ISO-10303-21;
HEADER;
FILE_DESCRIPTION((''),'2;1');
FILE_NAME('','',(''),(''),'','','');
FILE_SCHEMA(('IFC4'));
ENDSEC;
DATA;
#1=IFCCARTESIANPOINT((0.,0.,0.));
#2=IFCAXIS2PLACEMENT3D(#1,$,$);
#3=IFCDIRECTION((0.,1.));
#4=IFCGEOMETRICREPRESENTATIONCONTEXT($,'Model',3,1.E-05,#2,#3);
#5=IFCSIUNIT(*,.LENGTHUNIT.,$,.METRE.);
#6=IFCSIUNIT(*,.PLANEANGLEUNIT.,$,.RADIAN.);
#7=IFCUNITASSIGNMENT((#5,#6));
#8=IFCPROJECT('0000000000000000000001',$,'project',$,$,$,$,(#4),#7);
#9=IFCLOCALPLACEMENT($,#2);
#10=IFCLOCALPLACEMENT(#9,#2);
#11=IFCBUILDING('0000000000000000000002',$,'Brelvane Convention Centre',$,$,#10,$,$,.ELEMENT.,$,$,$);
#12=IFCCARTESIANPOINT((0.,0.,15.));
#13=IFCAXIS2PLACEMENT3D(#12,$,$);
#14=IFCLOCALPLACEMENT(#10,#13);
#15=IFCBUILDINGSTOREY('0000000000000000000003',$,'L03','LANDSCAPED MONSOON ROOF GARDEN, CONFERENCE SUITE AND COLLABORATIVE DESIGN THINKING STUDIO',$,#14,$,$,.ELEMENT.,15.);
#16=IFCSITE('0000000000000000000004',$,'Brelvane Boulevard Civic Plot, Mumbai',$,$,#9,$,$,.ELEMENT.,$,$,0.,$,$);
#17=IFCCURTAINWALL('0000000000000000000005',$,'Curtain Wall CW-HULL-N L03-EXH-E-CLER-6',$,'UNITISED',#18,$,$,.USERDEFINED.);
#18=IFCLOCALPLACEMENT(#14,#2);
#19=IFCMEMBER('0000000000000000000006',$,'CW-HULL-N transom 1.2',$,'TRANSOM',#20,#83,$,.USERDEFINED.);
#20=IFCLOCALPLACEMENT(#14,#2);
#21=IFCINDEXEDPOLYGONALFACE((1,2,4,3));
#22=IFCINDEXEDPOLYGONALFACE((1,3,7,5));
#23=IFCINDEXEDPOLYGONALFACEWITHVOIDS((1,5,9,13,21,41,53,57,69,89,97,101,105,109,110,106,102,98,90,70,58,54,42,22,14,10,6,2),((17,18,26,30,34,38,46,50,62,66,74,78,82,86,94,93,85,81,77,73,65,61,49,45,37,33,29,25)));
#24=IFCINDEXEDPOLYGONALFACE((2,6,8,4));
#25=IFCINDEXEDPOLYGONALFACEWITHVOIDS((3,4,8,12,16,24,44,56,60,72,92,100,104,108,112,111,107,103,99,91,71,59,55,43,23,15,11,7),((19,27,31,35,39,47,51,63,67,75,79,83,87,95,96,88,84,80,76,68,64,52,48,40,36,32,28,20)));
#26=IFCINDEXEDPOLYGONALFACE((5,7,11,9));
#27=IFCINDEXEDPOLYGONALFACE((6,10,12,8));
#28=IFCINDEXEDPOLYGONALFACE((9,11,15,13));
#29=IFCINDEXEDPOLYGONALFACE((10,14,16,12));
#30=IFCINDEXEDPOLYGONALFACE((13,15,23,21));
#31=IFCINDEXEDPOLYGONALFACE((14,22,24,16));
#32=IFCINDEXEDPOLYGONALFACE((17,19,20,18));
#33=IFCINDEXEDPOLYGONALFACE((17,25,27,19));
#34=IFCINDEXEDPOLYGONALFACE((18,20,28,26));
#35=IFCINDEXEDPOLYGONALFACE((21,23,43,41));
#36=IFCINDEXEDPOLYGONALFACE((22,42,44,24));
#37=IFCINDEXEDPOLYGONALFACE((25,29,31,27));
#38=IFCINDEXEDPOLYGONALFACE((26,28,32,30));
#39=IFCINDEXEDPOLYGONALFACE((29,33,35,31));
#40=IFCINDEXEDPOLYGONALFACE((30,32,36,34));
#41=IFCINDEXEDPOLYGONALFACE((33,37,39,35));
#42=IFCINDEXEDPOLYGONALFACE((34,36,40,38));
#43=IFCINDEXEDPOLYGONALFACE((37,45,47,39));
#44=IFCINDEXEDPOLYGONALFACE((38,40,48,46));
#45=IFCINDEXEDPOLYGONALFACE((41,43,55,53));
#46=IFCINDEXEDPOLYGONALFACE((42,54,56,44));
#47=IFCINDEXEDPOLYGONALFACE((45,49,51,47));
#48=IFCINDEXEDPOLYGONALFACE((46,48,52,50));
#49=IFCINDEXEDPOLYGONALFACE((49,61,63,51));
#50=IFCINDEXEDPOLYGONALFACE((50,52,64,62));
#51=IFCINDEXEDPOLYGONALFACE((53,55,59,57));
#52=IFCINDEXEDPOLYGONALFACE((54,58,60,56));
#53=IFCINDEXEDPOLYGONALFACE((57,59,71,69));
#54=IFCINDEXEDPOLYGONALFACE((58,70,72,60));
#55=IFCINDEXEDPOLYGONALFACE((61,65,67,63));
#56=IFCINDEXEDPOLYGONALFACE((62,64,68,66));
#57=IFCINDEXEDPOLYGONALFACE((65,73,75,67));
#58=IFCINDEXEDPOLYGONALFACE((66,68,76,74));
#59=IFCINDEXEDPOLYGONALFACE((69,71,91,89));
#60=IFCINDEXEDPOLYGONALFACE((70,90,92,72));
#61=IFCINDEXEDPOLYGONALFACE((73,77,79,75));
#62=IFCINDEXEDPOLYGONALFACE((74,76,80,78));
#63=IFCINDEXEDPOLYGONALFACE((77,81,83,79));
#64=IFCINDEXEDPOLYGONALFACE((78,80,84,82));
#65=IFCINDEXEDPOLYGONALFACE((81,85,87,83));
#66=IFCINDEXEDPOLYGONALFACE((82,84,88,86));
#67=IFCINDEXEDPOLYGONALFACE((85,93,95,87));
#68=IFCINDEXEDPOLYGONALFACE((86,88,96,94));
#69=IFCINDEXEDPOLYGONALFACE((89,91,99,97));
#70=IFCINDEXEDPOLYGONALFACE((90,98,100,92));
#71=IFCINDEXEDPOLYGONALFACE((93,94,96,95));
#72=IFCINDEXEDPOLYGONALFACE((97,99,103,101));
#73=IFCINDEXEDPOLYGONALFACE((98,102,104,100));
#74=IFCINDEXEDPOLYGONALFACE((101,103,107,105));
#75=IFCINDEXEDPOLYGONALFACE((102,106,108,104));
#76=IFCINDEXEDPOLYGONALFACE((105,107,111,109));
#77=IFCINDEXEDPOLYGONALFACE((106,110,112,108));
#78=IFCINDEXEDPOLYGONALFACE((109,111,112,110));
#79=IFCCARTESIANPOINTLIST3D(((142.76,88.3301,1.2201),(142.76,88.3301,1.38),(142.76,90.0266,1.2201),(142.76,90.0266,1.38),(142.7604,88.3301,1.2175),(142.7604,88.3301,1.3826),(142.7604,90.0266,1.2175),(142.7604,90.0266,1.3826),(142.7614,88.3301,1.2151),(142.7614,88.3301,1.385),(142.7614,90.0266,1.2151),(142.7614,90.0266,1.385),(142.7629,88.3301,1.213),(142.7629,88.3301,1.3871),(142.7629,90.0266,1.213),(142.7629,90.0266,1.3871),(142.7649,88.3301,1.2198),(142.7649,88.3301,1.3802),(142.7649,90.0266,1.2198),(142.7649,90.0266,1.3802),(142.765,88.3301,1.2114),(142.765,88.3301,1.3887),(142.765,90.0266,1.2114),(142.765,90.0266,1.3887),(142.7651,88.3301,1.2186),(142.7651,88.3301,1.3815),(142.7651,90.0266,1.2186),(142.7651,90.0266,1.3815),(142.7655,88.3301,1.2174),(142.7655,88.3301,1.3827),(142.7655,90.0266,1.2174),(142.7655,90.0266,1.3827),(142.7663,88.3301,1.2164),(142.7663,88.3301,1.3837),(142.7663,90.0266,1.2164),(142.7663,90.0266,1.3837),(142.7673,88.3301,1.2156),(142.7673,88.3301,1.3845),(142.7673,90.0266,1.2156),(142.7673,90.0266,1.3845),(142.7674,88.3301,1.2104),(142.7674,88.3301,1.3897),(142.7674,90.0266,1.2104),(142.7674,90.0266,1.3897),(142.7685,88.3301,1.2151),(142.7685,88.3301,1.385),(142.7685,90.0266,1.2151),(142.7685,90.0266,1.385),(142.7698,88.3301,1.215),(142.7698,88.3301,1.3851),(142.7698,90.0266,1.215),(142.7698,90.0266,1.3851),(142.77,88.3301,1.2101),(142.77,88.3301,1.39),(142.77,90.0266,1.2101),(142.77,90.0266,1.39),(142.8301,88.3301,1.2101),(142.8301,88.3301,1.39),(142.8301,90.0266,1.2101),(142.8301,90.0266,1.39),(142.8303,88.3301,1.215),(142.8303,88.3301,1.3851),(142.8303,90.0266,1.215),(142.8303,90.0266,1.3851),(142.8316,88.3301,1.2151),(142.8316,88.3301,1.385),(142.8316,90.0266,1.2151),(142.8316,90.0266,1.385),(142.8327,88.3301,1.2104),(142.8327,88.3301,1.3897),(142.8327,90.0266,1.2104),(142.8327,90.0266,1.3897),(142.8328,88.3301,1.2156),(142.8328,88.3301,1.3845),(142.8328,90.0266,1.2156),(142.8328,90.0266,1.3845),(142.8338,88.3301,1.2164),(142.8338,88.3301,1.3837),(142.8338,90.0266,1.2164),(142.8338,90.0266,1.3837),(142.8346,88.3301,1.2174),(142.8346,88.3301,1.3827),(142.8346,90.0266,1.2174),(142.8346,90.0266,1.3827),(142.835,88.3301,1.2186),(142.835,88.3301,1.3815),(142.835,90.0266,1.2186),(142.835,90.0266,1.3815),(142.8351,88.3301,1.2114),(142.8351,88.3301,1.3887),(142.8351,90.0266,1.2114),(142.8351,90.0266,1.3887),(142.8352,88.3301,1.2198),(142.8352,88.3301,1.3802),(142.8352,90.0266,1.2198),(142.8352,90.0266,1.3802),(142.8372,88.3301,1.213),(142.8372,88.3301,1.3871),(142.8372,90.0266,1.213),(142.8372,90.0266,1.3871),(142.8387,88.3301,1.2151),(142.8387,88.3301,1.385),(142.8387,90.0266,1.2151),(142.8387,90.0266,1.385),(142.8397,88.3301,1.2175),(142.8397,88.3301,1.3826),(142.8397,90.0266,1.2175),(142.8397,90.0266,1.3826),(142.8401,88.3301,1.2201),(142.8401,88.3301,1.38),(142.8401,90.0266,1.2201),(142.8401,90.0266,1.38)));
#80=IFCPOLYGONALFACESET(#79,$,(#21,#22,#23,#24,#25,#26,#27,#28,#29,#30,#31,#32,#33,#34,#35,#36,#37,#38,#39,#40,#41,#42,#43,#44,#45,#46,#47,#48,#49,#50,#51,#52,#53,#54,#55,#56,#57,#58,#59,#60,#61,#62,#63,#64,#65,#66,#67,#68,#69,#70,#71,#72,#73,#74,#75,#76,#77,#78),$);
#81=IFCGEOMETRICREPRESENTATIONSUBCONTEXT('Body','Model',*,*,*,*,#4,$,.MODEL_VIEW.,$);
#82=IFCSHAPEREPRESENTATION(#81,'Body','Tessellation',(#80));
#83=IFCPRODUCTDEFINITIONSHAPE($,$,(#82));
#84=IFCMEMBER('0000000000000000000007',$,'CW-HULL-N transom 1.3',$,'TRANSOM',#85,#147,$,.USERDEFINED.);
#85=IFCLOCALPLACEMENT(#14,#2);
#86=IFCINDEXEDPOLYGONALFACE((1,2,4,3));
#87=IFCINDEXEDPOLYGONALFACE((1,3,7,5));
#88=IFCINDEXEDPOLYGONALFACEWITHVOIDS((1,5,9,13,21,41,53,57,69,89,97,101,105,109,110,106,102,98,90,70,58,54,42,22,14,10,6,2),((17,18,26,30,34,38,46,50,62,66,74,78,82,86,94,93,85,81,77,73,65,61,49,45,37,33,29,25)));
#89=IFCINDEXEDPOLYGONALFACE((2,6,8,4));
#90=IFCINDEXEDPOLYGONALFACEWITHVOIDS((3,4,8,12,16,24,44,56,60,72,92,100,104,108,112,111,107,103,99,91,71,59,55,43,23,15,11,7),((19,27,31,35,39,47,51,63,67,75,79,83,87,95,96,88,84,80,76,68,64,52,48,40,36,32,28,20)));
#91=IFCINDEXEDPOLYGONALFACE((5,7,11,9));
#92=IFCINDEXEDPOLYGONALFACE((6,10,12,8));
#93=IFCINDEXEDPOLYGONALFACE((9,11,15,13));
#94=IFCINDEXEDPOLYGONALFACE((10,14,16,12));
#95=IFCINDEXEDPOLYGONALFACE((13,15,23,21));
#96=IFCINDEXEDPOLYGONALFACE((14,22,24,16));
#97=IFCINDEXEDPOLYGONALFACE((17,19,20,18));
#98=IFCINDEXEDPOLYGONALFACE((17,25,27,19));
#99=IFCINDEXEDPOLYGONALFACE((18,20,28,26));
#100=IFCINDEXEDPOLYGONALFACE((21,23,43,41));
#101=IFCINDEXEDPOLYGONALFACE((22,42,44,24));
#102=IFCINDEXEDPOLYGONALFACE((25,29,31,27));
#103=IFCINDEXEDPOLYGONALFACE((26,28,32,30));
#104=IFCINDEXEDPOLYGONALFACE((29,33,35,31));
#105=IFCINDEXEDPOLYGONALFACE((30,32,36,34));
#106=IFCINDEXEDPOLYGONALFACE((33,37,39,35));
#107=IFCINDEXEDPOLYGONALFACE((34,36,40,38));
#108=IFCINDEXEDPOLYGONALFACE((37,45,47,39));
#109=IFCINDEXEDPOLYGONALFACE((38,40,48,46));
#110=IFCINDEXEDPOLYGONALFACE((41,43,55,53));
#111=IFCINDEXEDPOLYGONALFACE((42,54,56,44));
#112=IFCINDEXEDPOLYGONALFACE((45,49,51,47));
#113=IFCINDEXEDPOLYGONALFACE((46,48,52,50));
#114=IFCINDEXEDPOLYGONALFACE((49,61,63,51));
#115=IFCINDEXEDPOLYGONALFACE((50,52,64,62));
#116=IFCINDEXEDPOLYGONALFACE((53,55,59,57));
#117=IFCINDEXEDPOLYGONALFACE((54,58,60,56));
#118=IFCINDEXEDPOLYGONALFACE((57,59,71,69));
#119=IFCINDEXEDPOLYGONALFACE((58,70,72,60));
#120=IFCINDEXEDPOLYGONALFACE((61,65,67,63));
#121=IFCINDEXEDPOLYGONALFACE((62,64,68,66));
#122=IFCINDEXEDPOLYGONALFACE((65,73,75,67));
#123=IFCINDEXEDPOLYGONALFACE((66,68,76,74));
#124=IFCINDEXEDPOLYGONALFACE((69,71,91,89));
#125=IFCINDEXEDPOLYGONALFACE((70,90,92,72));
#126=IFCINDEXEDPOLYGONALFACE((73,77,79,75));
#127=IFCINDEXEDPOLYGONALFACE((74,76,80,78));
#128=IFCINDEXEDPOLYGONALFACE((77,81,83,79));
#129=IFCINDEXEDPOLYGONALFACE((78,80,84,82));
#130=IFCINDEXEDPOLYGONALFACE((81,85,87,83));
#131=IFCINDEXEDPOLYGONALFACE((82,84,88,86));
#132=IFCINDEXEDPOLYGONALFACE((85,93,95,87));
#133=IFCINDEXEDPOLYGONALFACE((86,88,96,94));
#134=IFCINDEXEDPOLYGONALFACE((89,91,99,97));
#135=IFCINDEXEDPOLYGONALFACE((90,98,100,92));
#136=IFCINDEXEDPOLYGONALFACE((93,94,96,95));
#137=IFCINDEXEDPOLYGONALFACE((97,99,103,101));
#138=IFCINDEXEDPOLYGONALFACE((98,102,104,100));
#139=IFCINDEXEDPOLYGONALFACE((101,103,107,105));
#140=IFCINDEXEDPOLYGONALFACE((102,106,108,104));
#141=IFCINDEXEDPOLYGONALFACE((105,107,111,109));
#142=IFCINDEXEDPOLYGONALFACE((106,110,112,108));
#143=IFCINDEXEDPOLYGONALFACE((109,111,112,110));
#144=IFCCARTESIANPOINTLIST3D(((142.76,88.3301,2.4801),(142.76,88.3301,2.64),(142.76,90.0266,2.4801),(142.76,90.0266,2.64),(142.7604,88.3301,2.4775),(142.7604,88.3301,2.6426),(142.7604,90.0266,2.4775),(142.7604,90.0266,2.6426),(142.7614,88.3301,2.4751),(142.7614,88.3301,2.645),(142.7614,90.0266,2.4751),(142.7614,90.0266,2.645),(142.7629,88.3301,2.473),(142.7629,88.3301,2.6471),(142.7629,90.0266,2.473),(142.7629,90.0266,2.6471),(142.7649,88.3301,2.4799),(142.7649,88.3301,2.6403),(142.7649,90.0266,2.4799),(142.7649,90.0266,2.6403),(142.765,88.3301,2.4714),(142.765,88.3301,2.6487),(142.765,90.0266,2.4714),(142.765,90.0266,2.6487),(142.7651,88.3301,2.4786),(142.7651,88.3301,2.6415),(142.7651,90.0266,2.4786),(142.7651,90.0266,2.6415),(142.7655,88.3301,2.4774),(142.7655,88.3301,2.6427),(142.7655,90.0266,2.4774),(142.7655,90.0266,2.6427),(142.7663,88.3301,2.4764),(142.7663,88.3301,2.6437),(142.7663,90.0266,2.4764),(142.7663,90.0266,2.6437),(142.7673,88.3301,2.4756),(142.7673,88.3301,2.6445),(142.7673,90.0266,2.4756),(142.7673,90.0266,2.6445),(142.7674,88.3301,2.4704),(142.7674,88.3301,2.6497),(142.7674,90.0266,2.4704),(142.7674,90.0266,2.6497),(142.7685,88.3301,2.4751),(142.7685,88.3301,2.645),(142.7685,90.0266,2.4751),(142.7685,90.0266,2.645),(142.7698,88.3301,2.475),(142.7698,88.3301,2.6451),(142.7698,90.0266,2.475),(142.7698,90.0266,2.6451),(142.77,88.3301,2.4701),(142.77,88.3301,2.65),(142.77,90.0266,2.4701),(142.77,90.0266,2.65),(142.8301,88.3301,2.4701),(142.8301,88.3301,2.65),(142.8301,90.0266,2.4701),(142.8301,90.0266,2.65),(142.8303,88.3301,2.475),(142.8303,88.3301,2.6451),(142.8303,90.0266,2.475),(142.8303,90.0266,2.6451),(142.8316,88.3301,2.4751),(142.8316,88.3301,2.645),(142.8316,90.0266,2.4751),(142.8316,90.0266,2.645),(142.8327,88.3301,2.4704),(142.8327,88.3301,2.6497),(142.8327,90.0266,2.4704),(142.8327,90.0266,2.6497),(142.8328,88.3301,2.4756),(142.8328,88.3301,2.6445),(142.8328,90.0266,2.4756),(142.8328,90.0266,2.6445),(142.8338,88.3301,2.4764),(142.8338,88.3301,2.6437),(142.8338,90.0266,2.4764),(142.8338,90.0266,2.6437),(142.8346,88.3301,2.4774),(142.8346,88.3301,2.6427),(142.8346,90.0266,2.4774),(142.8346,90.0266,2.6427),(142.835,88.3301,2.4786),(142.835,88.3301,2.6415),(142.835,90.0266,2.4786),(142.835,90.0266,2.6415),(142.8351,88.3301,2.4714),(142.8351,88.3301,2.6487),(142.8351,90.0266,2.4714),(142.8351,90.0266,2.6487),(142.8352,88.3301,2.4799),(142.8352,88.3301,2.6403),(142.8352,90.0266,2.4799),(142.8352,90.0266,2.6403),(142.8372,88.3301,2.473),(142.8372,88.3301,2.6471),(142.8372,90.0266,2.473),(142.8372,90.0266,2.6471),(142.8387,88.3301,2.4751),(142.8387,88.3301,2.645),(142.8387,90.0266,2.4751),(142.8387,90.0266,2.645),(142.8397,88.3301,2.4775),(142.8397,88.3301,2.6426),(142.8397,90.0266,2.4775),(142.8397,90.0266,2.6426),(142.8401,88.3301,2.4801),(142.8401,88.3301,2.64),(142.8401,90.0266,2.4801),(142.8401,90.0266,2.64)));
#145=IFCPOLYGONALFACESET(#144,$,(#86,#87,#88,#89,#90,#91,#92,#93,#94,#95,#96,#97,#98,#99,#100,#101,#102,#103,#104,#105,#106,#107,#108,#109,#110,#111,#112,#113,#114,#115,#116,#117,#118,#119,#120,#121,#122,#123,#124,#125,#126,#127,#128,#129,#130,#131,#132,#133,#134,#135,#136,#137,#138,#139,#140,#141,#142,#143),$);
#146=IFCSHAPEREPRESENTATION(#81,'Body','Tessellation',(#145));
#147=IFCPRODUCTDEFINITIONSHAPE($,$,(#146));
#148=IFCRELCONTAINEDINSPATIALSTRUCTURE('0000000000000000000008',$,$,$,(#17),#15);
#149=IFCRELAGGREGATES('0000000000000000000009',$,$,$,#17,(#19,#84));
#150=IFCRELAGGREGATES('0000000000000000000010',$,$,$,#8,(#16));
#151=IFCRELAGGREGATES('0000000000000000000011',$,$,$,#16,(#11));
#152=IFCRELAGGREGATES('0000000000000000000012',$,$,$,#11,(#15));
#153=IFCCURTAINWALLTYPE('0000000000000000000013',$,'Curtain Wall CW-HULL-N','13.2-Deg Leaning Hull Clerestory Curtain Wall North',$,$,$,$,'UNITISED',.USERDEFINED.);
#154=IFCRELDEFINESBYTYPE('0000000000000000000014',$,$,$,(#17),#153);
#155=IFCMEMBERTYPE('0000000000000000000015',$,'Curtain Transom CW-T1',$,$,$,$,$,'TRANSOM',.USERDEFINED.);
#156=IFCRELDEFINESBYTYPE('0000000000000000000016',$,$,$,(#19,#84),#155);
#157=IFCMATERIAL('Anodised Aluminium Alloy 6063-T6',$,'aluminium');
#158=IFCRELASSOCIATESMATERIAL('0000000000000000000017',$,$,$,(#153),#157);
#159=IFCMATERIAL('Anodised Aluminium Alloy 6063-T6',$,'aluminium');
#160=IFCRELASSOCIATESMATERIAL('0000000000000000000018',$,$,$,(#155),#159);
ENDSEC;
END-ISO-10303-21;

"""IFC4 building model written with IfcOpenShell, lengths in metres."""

from ifc_helpers import new_model, si_unit, direction, frame, origin, origin_2d, place, context, subcontext, project, spatial, hollow_rectangle, extrude, material, material_profile, profile_set, type_object, element, aggregate, save


model = new_model("IFC4")

# Units and contexts
model_context = context("Model", 3, precision=1e-05, world=origin(), true_north=direction((0.0, 1.0)))
body_context = subcontext(model_context, "Body", "Model", "MODEL_VIEW")
ifc_project = project(units=[si_unit("LENGTHUNIT", "METRE"), si_unit("PLANEANGLEUNIT", "RADIAN")], contexts=[model_context])

# Site, building, storey
site_placement = place(None, origin())
site = spatial("IfcSite", under=ifc_project, at=site_placement, Name="Brelvane Boulevard Civic Plot, Mumbai", CompositionType="ELEMENT", RefElevation=0.0)
building_placement = place(site_placement, origin())
building = spatial("IfcBuilding", under=site, at=building_placement, Name="Brelvane Convention Centre", CompositionType="ELEMENT")
storey_placement = place(building_placement, frame((0.0, 0.0, 15.0)))
storey = spatial("IfcBuildingStorey", under=building, at=storey_placement, Name="L03", Description="LANDSCAPED MONSOON ROOF GARDEN, CONFERENCE SUITE AND COLLABORATIVE DESIGN THINKING STUDIO", CompositionType="ELEMENT", Elevation=15.0)

# Curtain wall, members
ifc_material_1 = material(Name="Anodised Aluminium Alloy 6063-T6", Category="aluminium")
curtain_wall_type = type_object("IfcCurtainWallType", Name="Curtain Wall CW-HULL-N", Description="13.2-Deg Leaning Hull Clerestory Curtain Wall North", ElementType="UNITISED", PredefinedType="USERDEFINED", material=ifc_material_1)
curtain_wall_placement = place(storey_placement, origin())
curtain_wall = element("IfcCurtainWall", 1, at=curtain_wall_placement, inside=storey, type_object=curtain_wall_type, Name="Curtain Wall CW-HULL-N L03-EXH-E-CLER-6", ObjectType="UNITISED", PredefinedType="USERDEFINED")
ifc_material_2 = material(Name="Anodised Aluminium Alloy 6063-T6", Category="aluminium")
ifc_material_profile_1 = material_profile(ifc_material_2, hollow_rectangle(XDim=0.0801, YDim=0.1799, WallThickness=0.0049, InnerFilletRadius=0.0049, OuterFilletRadius=0.01, at=origin_2d()), Name="ALU-T 180x80x5.0")
ifc_profile_set_1 = profile_set([ifc_material_profile_1], Name="Anodised Aluminium Alloy 6063-T6")
member_type_1 = type_object("IfcMemberType", Name="Curtain Transom CW-T1", ElementType="TRANSOM", PredefinedType="USERDEFINED", material=ifc_profile_set_1)
member_1_placement = place(storey_placement, frame((142.8, 88.3301, 1.3), z_axis=(0.0, 1.0, 0.0), x_axis=(-1.0, 0.0, 0.0)))
member_1 = element("IfcMember", 2, at=member_1_placement, type_object=member_type_1, Name="CW-HULL-N transom 1.2", ObjectType="TRANSOM", PredefinedType="USERDEFINED", context=body_context, shape_type="SweptSolid", body=[
    extrude(hollow_rectangle(XDim=0.0801, YDim=0.1799, WallThickness=0.0049, InnerFilletRadius=0.0049, OuterFilletRadius=0.01, at=origin_2d()), origin(), (0.0, 0.0, 1.0), 1.6965),
])
member_2_placement = place(storey_placement, frame((142.8, 88.3301, 2.5601), z_axis=(0.0, 1.0, 0.0), x_axis=(-1.0, 0.0, 0.0)))
member_2 = element("IfcMember", 3, at=member_2_placement, type_object=member_type_1, Name="CW-HULL-N transom 1.3", ObjectType="TRANSOM", PredefinedType="USERDEFINED", context=body_context, shape_type="SweptSolid", body=[
    extrude(hollow_rectangle(XDim=0.0801, YDim=0.1799, WallThickness=0.0049, InnerFilletRadius=0.0049, OuterFilletRadius=0.01, at=origin_2d()), origin(), (0.0, 0.0, 1.0), 1.6965),
])
aggregate(curtain_wall, [member_1, member_2])

save(model, "model.ifc")
